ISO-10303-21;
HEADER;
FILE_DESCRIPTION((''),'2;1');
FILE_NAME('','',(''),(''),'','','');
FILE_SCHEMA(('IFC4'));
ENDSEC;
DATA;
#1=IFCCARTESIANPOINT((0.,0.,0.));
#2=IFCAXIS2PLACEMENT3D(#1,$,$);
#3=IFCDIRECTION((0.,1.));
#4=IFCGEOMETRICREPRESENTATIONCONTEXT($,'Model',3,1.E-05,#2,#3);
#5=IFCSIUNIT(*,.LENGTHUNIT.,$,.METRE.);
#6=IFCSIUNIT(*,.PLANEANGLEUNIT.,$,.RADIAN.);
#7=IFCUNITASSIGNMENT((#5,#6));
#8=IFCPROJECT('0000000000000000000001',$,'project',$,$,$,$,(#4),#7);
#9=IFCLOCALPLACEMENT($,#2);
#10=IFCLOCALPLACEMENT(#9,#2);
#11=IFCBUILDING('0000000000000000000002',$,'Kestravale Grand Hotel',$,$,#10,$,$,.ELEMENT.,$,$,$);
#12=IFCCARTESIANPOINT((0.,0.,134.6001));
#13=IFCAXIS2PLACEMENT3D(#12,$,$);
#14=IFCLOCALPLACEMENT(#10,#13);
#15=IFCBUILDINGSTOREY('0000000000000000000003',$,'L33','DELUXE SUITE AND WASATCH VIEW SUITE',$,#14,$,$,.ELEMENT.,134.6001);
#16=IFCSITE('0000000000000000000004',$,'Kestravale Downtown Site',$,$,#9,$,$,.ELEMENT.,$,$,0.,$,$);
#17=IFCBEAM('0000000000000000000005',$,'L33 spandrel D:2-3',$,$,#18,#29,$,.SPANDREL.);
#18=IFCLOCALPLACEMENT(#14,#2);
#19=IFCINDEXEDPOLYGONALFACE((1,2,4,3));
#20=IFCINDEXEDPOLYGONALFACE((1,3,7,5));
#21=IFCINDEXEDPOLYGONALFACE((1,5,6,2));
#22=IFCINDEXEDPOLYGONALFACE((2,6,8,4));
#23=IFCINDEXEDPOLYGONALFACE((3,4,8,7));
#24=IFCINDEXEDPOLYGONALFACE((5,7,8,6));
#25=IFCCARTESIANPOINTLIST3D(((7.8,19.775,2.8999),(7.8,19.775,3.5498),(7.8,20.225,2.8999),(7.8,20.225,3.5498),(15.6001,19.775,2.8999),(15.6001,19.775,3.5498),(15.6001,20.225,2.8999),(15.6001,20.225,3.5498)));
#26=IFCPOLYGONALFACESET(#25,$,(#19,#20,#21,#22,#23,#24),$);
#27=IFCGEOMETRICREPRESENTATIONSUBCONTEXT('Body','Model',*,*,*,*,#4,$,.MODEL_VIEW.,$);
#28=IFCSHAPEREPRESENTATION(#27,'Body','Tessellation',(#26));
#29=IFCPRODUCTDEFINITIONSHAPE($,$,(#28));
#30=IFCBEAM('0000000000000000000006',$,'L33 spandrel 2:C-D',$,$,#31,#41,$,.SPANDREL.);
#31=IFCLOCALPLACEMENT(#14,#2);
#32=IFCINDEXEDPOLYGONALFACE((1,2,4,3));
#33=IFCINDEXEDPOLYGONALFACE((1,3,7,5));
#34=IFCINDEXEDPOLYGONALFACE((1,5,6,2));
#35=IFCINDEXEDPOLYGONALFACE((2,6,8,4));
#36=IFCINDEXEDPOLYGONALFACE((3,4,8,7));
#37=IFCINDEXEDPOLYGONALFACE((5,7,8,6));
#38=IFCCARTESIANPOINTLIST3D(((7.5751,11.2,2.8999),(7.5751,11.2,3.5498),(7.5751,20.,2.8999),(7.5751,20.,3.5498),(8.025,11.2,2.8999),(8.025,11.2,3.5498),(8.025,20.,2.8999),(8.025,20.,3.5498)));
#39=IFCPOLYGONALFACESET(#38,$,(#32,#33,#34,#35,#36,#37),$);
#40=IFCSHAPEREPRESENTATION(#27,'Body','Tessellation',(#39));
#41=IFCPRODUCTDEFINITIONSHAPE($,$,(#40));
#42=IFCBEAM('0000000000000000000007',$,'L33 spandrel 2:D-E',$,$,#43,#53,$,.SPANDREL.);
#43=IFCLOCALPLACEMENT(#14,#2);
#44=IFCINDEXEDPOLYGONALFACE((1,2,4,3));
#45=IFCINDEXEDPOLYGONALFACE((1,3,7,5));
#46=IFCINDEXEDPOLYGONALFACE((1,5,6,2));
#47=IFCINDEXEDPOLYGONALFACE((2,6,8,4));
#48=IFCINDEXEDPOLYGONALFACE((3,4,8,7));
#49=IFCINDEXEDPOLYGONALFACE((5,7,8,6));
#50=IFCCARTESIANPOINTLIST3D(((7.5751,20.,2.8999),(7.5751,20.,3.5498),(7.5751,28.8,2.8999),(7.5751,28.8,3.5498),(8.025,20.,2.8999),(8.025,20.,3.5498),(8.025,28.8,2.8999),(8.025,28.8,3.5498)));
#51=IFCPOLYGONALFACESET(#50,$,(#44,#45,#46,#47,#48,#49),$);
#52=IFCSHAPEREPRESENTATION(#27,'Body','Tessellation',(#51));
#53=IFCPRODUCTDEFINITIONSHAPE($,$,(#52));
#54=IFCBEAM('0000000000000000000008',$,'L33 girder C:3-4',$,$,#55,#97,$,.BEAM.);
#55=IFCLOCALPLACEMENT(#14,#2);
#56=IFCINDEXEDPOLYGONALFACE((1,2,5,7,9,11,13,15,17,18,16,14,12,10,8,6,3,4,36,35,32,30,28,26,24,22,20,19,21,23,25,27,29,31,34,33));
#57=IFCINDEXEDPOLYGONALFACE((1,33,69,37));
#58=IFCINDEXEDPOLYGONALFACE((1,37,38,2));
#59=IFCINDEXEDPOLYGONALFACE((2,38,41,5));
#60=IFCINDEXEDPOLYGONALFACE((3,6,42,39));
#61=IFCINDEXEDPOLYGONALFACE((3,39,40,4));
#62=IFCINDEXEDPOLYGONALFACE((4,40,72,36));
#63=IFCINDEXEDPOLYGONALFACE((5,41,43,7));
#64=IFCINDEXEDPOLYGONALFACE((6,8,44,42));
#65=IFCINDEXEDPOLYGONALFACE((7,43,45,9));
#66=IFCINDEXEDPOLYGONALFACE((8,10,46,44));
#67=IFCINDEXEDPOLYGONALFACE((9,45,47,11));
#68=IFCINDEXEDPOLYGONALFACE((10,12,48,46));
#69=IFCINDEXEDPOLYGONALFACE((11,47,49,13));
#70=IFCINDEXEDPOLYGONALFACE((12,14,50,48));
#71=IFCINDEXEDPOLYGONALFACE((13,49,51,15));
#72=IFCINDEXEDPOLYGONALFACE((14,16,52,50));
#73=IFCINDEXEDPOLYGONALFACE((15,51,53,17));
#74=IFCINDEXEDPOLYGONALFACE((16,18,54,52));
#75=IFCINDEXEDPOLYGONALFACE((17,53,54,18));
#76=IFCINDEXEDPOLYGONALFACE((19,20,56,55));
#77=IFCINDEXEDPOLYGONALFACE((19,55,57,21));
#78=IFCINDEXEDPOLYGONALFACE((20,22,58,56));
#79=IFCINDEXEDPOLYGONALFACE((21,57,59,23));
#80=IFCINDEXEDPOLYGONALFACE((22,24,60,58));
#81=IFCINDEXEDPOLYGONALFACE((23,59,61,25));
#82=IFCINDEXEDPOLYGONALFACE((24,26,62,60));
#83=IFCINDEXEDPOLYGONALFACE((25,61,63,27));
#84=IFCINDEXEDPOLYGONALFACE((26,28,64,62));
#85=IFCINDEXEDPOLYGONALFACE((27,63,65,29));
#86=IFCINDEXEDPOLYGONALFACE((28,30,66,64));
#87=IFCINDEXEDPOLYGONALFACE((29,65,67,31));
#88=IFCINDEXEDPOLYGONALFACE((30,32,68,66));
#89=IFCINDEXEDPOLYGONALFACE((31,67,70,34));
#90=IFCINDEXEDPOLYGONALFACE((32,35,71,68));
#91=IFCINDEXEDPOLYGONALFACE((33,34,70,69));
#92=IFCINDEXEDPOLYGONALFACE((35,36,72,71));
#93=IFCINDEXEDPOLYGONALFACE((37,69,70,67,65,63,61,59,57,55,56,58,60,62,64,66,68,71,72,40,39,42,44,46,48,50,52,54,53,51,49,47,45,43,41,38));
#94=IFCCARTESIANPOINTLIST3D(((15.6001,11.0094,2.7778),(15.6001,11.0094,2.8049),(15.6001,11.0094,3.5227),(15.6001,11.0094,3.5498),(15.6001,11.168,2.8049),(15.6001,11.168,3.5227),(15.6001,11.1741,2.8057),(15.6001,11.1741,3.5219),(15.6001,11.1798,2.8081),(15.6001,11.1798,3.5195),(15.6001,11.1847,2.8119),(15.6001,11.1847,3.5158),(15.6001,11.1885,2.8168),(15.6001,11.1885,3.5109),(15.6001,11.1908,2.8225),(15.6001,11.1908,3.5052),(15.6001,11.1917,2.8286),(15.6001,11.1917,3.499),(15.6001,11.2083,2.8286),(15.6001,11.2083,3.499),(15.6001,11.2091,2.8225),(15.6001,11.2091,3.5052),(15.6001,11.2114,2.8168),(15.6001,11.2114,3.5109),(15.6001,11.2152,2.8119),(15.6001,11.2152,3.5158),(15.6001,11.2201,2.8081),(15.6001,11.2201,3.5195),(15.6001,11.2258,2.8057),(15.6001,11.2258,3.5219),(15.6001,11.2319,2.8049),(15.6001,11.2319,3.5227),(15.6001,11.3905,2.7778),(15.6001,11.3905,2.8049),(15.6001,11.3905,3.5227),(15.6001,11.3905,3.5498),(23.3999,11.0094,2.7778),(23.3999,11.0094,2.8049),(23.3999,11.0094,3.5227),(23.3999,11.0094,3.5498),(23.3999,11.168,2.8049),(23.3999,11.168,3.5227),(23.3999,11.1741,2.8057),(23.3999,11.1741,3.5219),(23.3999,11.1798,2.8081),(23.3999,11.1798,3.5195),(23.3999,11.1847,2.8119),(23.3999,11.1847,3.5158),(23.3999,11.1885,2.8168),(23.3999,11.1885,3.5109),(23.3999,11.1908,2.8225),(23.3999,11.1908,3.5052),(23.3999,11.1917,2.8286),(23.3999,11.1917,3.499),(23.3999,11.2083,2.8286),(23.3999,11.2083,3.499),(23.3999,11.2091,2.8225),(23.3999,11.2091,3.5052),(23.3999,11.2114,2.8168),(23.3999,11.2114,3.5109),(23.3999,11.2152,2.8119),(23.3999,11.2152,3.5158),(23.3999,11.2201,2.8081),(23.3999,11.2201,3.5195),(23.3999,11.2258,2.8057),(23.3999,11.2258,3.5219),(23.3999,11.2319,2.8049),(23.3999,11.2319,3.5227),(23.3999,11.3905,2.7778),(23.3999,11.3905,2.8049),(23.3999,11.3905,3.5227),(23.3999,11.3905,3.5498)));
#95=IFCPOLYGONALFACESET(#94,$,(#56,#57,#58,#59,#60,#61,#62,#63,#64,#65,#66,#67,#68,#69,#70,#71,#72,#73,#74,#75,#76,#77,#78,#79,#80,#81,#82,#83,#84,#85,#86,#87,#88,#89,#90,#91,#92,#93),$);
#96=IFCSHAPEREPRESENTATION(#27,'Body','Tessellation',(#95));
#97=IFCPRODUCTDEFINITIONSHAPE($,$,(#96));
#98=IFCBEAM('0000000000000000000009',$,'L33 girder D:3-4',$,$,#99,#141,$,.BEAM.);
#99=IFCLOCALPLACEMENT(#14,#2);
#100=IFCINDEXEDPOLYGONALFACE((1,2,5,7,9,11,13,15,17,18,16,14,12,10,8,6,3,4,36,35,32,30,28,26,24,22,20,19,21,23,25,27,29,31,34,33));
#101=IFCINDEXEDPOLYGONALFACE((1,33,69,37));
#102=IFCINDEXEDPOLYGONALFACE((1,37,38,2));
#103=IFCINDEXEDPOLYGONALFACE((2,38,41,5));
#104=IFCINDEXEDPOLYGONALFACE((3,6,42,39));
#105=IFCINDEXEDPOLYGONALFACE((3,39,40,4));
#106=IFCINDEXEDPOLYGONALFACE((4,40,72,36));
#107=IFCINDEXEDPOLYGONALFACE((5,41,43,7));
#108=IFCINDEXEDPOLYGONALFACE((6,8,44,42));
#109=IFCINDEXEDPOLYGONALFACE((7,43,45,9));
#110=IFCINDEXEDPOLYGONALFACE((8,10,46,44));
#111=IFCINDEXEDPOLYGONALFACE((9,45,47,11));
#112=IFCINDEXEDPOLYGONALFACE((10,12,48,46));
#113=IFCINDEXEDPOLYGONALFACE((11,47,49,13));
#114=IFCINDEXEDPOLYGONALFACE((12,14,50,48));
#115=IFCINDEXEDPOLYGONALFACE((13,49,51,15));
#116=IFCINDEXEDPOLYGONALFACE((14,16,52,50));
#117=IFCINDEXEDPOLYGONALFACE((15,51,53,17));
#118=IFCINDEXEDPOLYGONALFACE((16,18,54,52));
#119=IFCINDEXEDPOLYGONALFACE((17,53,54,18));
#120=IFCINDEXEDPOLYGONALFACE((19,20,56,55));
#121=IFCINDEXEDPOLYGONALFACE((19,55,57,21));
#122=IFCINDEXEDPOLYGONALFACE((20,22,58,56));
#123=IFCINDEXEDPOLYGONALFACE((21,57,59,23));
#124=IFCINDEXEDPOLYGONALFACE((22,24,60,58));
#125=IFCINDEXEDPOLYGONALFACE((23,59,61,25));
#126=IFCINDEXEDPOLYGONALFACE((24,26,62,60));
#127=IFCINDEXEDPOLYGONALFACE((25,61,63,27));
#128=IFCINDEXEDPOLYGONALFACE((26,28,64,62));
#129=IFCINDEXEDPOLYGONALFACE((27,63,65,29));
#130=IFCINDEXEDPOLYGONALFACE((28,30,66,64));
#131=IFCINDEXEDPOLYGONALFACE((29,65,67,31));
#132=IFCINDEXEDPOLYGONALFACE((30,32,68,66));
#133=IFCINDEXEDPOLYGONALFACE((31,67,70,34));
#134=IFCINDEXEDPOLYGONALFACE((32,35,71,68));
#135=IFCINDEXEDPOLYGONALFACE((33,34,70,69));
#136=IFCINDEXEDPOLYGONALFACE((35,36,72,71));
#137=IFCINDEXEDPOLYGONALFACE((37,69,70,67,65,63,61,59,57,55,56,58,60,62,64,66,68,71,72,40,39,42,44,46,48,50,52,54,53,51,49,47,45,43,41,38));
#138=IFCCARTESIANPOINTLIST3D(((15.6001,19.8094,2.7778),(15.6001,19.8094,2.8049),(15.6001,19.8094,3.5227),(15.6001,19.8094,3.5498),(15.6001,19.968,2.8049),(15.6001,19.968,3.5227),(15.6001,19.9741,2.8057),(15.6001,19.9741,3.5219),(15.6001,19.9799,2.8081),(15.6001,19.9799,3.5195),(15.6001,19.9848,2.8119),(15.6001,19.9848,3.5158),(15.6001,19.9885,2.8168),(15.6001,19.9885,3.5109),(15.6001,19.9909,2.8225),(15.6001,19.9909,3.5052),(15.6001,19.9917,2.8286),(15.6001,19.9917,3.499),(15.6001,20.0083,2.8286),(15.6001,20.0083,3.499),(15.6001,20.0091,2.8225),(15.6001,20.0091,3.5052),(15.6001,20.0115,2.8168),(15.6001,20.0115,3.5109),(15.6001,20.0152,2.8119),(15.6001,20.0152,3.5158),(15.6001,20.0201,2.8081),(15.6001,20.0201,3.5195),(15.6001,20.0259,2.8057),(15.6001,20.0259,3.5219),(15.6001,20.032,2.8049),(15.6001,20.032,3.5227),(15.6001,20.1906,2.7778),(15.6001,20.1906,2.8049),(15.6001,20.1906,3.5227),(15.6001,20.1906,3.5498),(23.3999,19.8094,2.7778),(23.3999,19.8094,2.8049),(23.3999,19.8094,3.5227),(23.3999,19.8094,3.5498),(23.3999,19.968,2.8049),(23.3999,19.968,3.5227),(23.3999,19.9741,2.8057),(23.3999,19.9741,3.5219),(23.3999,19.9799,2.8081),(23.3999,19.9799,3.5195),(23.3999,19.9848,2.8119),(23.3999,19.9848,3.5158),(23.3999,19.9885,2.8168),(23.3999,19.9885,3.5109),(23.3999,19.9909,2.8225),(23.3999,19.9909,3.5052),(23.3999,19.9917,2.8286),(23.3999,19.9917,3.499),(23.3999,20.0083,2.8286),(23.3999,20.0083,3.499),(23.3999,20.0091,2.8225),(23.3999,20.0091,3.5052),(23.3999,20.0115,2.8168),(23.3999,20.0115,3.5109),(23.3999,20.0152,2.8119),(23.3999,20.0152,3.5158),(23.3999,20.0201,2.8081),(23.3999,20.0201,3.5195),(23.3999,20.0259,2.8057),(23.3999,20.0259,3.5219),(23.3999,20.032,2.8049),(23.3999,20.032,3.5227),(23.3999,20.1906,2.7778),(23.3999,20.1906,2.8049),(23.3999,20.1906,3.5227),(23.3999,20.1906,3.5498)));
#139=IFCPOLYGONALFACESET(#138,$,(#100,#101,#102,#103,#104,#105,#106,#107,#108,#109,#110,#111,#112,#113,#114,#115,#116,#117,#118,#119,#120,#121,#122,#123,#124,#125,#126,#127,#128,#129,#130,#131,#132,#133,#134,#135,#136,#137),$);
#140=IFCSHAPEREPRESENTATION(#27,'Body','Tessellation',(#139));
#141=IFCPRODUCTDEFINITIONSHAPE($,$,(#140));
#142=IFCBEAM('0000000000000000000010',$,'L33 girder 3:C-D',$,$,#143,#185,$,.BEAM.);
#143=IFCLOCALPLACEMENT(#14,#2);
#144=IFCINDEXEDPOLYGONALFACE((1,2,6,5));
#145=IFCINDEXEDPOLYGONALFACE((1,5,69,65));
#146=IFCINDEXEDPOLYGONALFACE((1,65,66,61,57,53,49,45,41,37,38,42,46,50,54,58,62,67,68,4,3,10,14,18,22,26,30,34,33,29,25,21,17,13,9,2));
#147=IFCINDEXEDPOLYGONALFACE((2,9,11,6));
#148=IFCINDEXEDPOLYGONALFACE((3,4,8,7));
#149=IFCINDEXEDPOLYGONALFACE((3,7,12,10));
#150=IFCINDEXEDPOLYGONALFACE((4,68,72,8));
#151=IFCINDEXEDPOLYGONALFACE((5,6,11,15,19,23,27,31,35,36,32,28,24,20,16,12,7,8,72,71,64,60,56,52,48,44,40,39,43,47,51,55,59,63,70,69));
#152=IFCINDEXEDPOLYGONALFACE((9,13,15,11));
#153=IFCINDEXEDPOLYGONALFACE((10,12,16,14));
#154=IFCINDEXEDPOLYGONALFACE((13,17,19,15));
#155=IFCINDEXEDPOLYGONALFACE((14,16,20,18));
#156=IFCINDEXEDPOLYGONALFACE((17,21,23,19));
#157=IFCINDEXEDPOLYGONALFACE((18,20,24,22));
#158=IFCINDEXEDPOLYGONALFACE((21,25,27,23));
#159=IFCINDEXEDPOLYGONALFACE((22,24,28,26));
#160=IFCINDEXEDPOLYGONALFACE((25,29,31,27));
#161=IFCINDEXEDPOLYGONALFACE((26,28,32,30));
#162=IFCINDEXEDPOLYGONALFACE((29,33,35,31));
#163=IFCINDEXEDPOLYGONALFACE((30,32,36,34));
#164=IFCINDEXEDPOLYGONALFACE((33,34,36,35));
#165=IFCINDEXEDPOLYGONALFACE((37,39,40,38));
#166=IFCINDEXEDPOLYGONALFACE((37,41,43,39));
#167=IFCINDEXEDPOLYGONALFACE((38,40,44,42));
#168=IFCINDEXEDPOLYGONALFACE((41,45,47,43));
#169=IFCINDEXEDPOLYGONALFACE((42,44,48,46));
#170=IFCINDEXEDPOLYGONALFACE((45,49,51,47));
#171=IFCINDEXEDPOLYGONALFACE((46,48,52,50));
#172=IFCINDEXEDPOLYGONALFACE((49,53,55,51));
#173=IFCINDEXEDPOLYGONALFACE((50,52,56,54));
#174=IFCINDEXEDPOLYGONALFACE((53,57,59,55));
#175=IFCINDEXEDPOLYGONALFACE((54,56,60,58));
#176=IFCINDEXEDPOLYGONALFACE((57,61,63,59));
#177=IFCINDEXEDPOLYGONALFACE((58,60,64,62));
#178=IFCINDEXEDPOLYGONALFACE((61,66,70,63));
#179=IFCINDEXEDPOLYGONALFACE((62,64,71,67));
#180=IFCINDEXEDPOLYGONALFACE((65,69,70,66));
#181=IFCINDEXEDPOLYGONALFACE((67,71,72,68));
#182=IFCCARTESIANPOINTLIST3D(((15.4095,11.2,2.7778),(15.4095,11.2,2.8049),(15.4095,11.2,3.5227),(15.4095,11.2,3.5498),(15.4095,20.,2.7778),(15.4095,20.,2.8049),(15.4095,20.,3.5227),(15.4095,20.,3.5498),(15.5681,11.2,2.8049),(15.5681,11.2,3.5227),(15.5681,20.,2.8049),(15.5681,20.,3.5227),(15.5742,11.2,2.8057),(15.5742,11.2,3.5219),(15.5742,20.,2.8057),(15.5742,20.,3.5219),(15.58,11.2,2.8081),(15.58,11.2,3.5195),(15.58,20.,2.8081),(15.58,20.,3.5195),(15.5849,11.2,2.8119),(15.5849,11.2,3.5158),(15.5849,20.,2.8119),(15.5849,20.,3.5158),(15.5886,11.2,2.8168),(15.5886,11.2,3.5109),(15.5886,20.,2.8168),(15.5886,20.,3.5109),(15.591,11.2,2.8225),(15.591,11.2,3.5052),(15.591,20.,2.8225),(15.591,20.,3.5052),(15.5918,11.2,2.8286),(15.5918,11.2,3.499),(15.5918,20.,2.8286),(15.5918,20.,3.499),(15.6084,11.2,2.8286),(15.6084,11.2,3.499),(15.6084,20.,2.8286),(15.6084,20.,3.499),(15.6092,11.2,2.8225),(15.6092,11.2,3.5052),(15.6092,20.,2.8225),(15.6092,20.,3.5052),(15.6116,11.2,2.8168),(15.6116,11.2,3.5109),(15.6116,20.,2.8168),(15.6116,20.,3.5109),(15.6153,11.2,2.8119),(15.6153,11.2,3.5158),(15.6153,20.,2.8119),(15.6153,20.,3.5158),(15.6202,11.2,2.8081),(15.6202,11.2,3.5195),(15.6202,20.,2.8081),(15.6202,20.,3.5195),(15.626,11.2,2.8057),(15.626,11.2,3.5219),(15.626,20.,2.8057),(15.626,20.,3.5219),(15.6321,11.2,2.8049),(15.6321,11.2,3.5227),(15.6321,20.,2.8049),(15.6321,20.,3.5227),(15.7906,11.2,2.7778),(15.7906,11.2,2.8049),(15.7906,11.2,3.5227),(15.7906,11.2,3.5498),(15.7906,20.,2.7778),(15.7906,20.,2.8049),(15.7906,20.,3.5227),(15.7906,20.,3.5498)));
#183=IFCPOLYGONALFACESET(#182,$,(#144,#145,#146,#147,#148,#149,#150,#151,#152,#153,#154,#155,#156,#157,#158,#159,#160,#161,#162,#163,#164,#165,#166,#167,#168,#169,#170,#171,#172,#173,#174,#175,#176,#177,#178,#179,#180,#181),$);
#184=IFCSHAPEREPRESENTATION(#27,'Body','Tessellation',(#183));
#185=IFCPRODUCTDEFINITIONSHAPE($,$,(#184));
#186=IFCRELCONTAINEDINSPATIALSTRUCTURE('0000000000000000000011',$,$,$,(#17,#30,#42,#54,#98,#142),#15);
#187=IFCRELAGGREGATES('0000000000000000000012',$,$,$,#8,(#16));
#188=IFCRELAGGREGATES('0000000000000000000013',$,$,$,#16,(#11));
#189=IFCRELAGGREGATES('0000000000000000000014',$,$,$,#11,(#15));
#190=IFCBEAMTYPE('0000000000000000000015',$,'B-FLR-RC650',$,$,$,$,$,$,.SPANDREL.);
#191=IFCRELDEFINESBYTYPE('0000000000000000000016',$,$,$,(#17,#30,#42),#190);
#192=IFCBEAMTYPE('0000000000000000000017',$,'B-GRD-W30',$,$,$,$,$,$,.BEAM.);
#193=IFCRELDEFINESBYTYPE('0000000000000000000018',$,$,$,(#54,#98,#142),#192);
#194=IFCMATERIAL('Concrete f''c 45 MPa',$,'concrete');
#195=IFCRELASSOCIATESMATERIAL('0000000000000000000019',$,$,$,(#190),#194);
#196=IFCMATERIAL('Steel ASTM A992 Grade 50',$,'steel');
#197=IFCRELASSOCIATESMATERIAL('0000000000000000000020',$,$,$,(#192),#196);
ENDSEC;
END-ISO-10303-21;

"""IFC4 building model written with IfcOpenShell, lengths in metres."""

from ifc_helpers import new_model, si_unit, direction, frame, origin, origin_2d, place, context, subcontext, project, spatial, rectangle, i_section, extrude, material, material_profile, profile_set, type_object, element, save


model = new_model("IFC4")

# Units and contexts
model_context = context("Model", 3, precision=1e-05, world=origin(), true_north=direction((0.0, 1.0)))
body_context = subcontext(model_context, "Body", "Model", "MODEL_VIEW")
ifc_project = project(units=[si_unit("LENGTHUNIT", "METRE"), si_unit("PLANEANGLEUNIT", "RADIAN")], contexts=[model_context])

# Site, building, storey
site_placement = place(None, origin())
site = spatial("IfcSite", under=ifc_project, at=site_placement, Name="Kestravale Downtown Site", CompositionType="ELEMENT", RefElevation=0.0)
building_placement = place(site_placement, origin())
building = spatial("IfcBuilding", under=site, at=building_placement, Name="Kestravale Grand Hotel", CompositionType="ELEMENT")
storey_placement = place(building_placement, frame((0.0, 0.0, 134.6001)))
storey = spatial("IfcBuildingStorey", under=building, at=storey_placement, Name="L33", Description="DELUXE SUITE AND WASATCH VIEW SUITE", CompositionType="ELEMENT", Elevation=134.6001)

# Beams
ifc_material_1 = material(Name="Concrete f'c 45 MPa", Category="concrete")
ifc_material_profile_1 = material_profile(ifc_material_1, rectangle(XDim=0.45, YDim=0.6499, at=origin_2d()))
ifc_profile_set_1 = profile_set([ifc_material_profile_1], Name="Concrete f'c 45 MPa")
beam_type_1 = type_object("IfcBeamType", Name="B-FLR-RC650", PredefinedType="SPANDREL", material=ifc_profile_set_1)
beam_1_placement = place(storey_placement, frame((7.8, 20.0, 3.2249), z_axis=(1.0, 0.0, 0.0), x_axis=(0.0, 1.0, 0.0)))
element("IfcBeam", 1, at=beam_1_placement, inside=storey, type_object=beam_type_1, Name="L33 spandrel D:2-3", PredefinedType="SPANDREL", context=body_context, shape_type="SweptSolid", body=[
    extrude(rectangle(XDim=0.45, YDim=0.6499, at=origin_2d()), origin(), (0.0, 0.0, 1.0), 7.8),
])
for number, where, z_axis, x_axis, name in (
    (2, (7.8, 11.2, 3.2249), (0.0, 1.0, 0.0), (-1.0, 0.0, 0.0), "L33 spandrel 2:C-D"),
    (3, (7.8, 20.0, 3.2249), (0.0, 1.0, 0.0), (-1.0, 0.0, 0.0), "L33 spandrel 2:D-E"),
):
    element("IfcBeam", number, at=place(storey_placement, frame(where, z_axis=z_axis, x_axis=x_axis)), inside=storey, type_object=beam_type_1, Name=name, PredefinedType="SPANDREL", context=body_context, shape_type="SweptSolid", body=[
        extrude(rectangle(XDim=0.45, YDim=0.6499, at=origin_2d()), origin(), (0.0, 0.0, 1.0), 8.8),
    ])
ifc_material_2 = material(Name="Steel ASTM A992 Grade 50", Category="steel")
ifc_material_profile_2 = material_profile(ifc_material_2, i_section(OverallWidth=0.3811, OverallDepth=0.772, WebThickness=0.0166, FlangeThickness=0.0271, FilletRadius=0.0237, at=origin_2d()))
ifc_profile_set_2 = profile_set([ifc_material_profile_2], Name="Steel ASTM A992 Grade 50")
beam_type_2 = type_object("IfcBeamType", Name="B-GRD-W30", PredefinedType="BEAM", material=ifc_profile_set_2)
for number, where, z_axis, x_axis, name in (
    (4, (15.6001, 11.2, 3.1638), (1.0, 0.0, 0.0), (0.0, 1.0, 0.0), "L33 girder C:3-4"),
    (5, (15.6001, 20.0, 3.1638), (1.0, 0.0, 0.0), (0.0, 1.0, 0.0), "L33 girder D:3-4"),
):
    element("IfcBeam", number, at=place(storey_placement, frame(where, z_axis=z_axis, x_axis=x_axis)), inside=storey, type_object=beam_type_2, Name=name, PredefinedType="BEAM", context=body_context, shape_type="SweptSolid", body=[
        extrude(i_section(OverallWidth=0.3811, OverallDepth=0.772, WebThickness=0.0166, FlangeThickness=0.0271, FilletRadius=0.0237, at=origin_2d()), origin(), (0.0, 0.0, 1.0), 7.7998),
    ])
for number, where, z_axis, x_axis, name in (
    (6, (15.6001, 11.2, 3.1638), (0.0, 1.0, 0.0), (-1.0, 0.0, 0.0), "L33 girder 3:C-D"),
):
    element("IfcBeam", number, at=place(storey_placement, frame(where, z_axis=z_axis, x_axis=x_axis)), inside=storey, type_object=beam_type_2, Name=name, PredefinedType="BEAM", context=body_context, shape_type="SweptSolid", body=[
        extrude(i_section(OverallWidth=0.3811, OverallDepth=0.772, WebThickness=0.0166, FlangeThickness=0.0271, FilletRadius=0.0237, at=origin_2d()), origin(), (0.0, 0.0, 1.0), 8.8),
    ])

save(model, "model.ifc")
